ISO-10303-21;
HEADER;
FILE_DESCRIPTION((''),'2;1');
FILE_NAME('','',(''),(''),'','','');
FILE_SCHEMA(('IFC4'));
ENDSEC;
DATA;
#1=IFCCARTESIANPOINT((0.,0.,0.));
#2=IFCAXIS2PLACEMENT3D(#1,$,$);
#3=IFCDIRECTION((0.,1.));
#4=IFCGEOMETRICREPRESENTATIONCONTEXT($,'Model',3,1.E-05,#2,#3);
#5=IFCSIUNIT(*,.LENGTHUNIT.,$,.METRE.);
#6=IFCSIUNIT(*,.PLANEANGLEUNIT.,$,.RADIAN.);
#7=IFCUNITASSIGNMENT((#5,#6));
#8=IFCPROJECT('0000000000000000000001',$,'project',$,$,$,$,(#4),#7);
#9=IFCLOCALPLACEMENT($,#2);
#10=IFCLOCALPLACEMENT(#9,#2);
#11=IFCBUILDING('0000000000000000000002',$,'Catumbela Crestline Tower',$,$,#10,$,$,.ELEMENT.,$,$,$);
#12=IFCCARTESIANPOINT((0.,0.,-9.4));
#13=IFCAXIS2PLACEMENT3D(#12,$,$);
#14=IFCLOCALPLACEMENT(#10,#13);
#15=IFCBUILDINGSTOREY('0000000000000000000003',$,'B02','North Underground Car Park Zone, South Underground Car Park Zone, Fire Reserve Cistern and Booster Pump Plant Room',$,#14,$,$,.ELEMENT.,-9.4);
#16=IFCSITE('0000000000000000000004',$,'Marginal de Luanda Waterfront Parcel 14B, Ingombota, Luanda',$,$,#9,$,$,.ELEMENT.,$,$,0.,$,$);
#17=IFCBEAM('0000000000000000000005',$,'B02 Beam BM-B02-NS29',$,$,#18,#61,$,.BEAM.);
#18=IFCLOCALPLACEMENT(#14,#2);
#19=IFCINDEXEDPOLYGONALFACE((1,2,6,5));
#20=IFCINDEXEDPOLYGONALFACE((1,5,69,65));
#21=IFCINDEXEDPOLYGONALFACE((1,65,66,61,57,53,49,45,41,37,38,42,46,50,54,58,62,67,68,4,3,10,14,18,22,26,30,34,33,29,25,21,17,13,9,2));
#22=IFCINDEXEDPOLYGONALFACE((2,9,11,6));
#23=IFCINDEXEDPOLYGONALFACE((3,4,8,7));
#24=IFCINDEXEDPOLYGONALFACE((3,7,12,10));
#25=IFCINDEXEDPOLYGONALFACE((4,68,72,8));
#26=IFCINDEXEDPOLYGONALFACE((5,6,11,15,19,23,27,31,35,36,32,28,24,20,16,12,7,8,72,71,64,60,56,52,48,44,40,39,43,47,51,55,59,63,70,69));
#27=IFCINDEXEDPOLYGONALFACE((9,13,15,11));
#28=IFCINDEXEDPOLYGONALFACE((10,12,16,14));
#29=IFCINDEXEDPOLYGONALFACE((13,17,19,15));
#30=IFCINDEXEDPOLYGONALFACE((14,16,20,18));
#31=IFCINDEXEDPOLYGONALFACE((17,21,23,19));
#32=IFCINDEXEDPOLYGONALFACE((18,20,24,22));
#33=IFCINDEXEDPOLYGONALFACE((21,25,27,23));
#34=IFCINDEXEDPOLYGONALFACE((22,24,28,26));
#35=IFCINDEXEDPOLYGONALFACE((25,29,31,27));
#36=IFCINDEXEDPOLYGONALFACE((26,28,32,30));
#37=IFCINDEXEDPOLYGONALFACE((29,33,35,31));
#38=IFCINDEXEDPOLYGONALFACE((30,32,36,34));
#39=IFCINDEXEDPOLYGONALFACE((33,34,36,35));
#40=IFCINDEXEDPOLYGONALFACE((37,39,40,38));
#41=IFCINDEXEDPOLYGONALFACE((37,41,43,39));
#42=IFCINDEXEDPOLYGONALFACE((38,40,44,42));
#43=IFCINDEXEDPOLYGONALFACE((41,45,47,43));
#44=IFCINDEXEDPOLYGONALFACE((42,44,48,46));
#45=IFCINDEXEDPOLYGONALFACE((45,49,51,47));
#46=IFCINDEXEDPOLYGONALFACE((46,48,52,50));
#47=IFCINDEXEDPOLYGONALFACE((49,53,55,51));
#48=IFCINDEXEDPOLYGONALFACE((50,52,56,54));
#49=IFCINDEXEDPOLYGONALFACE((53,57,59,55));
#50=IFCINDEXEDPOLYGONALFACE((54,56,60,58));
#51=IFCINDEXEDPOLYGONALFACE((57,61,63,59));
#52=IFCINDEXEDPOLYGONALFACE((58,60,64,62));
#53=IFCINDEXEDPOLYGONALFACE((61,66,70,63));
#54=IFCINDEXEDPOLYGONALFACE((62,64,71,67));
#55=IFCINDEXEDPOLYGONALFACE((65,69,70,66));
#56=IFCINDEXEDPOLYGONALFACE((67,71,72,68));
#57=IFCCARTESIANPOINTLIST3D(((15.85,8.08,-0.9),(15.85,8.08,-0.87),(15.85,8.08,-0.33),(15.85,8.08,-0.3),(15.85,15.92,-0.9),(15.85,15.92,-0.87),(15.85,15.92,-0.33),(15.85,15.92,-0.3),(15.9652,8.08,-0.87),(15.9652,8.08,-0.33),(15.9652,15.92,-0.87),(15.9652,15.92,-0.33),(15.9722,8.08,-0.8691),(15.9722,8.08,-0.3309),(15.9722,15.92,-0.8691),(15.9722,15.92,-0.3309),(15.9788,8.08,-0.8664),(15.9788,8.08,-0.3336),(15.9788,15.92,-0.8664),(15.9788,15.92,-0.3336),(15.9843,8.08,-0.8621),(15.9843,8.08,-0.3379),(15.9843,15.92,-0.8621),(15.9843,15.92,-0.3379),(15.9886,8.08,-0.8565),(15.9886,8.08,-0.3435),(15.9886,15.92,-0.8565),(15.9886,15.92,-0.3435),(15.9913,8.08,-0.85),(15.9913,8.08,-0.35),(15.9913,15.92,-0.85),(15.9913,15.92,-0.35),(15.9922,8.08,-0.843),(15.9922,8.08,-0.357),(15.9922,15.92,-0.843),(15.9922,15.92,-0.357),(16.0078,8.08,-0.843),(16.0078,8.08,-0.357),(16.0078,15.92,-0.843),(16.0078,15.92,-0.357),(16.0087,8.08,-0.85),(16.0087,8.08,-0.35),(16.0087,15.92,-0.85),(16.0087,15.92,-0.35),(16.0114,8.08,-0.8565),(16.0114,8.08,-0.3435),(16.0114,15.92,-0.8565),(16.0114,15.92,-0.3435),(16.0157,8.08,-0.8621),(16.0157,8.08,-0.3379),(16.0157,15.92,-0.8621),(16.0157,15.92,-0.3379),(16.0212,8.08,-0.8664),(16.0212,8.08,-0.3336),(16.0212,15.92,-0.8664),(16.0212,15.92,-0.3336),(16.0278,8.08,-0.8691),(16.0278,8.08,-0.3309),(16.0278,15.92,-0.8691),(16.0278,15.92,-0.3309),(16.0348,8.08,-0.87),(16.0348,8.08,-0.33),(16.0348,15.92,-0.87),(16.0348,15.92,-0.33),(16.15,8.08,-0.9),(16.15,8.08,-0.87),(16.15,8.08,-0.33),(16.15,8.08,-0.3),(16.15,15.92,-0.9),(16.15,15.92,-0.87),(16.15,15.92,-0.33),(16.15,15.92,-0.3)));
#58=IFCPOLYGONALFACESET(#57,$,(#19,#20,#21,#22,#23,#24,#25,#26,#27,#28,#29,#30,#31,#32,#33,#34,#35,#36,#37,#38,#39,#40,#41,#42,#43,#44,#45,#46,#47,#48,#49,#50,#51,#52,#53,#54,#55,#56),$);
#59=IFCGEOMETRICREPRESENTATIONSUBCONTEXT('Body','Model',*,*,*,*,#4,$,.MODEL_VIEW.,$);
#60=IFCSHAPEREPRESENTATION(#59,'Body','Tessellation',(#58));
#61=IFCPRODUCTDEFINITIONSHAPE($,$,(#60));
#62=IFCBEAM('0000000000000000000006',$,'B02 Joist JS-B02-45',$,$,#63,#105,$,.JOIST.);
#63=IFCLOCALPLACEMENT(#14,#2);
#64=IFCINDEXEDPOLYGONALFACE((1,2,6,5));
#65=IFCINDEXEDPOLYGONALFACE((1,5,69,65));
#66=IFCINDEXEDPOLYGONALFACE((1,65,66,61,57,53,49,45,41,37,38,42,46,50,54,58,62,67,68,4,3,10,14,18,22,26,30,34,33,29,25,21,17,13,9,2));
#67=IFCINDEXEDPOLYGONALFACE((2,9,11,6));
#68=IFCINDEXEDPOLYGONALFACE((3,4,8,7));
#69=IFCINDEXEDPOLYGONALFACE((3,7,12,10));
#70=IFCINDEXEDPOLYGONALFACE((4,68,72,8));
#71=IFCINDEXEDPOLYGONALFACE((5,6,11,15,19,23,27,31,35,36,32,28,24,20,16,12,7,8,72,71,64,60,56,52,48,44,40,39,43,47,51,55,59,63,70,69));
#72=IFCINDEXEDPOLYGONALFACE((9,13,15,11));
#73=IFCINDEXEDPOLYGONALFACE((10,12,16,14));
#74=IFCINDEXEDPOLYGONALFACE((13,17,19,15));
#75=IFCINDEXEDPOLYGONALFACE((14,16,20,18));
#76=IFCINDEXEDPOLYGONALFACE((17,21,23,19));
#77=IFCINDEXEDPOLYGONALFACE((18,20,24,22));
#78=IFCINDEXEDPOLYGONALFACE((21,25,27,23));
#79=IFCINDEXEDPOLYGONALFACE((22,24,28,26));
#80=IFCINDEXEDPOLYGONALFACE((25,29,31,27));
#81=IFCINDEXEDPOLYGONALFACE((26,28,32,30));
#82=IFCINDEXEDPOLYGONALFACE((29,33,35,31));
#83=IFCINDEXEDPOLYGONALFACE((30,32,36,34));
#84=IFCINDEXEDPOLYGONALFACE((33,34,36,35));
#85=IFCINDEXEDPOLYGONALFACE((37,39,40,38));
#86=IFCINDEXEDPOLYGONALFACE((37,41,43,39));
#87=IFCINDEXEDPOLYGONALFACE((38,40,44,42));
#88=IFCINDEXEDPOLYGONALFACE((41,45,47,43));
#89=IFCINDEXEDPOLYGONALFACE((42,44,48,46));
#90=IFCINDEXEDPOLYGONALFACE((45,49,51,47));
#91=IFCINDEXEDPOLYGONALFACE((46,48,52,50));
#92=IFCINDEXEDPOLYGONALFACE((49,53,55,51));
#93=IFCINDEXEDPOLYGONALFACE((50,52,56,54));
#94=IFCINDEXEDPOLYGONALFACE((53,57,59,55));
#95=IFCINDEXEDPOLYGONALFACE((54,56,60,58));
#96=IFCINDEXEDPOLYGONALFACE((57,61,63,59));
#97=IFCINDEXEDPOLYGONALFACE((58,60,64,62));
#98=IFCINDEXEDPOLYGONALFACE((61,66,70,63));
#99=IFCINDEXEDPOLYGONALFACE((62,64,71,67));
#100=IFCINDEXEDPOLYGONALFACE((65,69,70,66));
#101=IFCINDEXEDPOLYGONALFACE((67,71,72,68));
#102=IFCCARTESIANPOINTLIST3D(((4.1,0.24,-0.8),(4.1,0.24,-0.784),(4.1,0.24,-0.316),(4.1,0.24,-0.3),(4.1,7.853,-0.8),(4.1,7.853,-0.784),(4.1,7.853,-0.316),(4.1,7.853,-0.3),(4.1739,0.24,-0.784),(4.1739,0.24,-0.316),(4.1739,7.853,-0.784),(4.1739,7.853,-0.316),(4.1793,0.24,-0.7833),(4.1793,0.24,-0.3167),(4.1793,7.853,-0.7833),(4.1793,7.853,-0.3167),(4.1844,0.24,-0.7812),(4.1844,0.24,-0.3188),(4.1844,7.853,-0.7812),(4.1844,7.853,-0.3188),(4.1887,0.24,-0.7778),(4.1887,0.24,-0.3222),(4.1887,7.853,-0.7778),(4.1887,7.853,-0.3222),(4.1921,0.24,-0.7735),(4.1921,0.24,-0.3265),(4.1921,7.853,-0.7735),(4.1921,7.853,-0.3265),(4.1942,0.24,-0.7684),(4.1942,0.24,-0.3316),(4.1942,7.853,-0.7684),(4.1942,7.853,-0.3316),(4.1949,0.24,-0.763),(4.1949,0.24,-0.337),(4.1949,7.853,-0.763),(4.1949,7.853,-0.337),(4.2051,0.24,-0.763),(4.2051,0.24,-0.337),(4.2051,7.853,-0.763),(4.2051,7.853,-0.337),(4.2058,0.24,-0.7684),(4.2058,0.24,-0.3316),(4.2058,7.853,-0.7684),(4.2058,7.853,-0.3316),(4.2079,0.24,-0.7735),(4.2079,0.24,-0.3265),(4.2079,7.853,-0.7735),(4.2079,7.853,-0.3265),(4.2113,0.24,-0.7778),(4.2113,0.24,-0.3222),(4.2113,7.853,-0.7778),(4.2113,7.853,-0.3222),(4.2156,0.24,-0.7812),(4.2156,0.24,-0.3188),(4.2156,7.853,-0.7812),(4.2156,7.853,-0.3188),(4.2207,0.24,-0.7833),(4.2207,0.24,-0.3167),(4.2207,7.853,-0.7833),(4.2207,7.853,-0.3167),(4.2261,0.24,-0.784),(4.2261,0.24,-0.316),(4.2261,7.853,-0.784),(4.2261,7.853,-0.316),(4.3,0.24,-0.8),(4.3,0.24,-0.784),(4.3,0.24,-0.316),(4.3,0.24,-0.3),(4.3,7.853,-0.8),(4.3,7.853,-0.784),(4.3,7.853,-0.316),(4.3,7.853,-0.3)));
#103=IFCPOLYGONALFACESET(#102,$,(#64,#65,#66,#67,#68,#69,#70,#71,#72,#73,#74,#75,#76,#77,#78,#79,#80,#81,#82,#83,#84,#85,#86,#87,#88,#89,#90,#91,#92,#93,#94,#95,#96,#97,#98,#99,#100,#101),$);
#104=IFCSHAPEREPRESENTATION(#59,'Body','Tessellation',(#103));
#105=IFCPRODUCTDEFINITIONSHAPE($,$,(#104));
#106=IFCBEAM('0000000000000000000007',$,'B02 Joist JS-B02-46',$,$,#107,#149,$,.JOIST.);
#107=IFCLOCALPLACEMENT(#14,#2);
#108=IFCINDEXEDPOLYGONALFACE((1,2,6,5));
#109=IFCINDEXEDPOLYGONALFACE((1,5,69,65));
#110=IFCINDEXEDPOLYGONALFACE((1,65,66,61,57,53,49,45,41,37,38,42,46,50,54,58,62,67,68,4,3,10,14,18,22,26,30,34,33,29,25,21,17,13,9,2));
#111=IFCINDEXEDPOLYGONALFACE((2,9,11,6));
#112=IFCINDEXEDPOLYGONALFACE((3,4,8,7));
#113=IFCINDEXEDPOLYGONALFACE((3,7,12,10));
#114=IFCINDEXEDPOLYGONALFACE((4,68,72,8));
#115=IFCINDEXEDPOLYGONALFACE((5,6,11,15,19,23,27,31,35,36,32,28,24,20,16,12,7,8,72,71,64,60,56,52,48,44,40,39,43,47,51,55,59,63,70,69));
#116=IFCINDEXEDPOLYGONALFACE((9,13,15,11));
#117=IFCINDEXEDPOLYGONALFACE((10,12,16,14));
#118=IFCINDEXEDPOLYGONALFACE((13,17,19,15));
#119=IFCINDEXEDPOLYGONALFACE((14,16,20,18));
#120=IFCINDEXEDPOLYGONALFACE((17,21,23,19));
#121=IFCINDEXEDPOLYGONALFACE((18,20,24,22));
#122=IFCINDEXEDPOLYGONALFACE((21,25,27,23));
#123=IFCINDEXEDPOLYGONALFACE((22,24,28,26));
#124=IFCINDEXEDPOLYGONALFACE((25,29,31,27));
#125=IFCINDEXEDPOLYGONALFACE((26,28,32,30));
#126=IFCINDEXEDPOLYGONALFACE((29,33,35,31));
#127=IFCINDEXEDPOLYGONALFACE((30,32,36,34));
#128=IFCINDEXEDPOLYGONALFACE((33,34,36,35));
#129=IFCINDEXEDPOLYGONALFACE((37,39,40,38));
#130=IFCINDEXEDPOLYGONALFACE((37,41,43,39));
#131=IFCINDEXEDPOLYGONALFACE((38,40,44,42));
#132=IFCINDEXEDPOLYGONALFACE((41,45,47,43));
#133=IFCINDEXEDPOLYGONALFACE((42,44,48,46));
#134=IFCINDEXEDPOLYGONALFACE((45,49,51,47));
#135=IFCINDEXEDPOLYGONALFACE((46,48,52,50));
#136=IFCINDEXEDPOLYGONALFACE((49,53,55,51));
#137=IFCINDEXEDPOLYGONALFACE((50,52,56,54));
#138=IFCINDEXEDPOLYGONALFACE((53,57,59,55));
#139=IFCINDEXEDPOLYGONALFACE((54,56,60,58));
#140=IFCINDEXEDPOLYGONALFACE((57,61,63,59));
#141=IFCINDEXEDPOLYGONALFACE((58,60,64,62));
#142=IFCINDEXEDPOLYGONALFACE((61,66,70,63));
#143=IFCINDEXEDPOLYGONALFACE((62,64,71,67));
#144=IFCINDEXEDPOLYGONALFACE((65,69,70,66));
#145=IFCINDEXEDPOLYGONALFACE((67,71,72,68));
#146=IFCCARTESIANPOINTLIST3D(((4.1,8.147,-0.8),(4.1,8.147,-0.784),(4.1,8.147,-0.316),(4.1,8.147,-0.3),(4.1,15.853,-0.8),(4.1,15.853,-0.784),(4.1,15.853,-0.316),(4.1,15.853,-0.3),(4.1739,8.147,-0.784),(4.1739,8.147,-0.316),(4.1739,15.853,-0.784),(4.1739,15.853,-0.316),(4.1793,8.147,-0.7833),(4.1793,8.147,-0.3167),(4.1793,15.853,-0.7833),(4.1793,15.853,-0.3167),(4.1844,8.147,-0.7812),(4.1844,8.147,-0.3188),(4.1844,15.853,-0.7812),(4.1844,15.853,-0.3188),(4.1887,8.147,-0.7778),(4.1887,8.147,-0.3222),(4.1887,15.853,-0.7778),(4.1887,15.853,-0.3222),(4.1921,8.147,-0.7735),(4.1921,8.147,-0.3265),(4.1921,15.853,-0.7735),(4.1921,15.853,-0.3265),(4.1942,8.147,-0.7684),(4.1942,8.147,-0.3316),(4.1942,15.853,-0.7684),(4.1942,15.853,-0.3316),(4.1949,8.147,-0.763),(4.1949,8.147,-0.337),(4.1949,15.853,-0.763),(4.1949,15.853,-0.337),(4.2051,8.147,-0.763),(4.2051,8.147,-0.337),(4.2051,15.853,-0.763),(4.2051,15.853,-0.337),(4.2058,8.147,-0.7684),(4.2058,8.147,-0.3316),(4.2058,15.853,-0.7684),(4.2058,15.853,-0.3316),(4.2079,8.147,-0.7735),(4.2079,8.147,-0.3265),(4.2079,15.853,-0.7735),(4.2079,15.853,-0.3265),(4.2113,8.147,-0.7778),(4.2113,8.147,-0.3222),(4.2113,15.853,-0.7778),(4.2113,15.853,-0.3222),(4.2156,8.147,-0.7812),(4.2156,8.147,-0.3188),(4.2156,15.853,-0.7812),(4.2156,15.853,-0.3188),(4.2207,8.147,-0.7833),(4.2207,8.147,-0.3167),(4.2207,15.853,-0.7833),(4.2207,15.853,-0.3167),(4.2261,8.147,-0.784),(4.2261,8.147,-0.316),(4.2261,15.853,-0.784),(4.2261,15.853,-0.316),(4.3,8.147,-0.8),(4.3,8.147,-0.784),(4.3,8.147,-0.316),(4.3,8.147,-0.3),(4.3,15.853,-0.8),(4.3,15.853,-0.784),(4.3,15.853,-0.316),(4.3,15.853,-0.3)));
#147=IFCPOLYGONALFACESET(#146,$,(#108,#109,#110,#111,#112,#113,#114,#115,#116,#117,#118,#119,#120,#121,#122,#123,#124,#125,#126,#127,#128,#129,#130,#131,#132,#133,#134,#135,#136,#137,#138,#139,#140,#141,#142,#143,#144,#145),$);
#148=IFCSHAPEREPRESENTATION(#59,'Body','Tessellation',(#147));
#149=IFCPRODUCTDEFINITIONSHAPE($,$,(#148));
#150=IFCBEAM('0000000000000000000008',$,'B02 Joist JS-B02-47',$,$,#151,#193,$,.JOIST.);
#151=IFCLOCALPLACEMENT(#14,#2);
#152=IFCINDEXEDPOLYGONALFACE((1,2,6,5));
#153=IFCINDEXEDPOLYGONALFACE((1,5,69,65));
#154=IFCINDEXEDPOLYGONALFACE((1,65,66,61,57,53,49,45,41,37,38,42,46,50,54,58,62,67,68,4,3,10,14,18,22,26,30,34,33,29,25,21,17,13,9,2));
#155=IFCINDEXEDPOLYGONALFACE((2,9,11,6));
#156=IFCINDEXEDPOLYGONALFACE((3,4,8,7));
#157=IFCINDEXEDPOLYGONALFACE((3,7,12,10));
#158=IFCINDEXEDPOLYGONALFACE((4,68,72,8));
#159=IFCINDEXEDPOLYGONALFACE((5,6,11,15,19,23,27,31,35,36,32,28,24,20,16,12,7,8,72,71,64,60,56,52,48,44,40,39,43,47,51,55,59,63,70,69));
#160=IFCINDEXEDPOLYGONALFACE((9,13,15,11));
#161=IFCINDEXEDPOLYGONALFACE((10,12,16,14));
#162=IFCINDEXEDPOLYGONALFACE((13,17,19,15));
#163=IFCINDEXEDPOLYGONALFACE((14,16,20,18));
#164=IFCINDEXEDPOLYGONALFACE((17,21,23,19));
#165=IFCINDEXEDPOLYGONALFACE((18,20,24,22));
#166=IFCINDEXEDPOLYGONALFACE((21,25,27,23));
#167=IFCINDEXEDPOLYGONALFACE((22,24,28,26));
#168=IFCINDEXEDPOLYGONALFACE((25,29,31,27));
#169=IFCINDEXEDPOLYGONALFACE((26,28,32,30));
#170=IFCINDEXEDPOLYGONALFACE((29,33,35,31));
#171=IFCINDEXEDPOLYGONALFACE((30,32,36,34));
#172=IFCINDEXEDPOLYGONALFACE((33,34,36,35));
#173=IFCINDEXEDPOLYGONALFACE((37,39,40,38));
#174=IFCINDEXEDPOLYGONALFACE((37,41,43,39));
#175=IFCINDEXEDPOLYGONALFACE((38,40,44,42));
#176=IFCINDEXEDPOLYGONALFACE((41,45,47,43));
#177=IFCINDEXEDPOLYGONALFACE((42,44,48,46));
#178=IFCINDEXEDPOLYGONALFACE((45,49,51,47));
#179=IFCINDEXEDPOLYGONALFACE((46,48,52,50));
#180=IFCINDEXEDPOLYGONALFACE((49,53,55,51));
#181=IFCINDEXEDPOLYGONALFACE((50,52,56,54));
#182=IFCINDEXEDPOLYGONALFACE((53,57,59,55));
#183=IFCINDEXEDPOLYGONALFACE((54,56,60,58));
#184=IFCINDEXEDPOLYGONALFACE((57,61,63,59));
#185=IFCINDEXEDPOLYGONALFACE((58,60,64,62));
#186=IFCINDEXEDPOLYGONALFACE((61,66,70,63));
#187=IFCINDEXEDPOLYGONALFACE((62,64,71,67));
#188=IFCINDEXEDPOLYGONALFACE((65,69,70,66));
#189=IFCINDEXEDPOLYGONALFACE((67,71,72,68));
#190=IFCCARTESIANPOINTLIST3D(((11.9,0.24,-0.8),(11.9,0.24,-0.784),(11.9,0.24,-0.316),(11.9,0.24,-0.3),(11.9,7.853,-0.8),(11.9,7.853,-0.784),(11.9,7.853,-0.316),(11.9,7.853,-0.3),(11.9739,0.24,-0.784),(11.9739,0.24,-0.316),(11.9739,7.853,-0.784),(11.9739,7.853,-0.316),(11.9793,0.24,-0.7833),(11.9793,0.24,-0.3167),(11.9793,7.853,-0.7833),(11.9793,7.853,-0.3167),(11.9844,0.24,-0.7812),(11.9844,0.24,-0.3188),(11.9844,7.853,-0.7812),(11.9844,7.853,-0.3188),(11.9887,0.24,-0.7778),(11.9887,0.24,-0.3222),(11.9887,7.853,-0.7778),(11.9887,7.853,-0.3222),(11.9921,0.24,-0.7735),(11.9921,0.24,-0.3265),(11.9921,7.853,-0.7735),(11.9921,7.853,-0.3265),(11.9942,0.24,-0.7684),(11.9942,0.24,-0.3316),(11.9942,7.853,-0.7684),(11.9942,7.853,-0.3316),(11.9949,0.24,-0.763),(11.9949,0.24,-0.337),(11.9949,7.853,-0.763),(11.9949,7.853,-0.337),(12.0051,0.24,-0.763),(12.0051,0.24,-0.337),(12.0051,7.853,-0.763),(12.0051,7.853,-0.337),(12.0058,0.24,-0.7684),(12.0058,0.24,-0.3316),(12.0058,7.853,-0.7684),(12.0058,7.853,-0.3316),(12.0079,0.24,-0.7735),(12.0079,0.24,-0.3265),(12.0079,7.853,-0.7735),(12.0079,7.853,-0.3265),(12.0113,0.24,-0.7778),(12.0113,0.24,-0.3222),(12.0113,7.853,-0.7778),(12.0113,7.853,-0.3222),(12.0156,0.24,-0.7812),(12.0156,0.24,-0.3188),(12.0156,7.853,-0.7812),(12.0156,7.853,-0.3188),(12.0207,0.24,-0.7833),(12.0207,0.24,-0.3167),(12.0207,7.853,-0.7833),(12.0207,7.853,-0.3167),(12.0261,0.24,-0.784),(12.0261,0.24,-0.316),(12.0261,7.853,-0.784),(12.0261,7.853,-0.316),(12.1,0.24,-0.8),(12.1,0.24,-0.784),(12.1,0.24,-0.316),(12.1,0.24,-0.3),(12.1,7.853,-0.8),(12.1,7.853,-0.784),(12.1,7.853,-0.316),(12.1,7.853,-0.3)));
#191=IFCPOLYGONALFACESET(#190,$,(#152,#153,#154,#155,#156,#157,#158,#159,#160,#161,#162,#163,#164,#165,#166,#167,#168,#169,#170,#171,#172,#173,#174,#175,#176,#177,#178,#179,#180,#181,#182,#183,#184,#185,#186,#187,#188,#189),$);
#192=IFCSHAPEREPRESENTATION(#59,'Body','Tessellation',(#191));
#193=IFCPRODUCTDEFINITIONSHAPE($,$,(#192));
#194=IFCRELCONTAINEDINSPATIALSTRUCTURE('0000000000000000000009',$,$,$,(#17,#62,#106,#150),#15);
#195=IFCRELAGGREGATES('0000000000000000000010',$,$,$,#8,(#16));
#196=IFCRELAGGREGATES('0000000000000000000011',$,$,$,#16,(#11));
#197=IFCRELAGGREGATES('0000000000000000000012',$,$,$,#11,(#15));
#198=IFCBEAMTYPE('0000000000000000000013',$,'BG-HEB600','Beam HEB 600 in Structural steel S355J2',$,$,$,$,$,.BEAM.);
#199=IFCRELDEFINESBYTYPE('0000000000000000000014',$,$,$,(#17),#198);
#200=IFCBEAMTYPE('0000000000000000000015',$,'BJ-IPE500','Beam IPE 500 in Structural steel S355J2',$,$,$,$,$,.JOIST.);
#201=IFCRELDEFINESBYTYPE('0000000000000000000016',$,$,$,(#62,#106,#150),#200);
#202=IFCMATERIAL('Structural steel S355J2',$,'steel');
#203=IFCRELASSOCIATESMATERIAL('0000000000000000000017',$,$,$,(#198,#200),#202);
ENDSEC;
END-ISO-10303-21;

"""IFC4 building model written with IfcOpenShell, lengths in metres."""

from ifc_helpers import new_model, si_unit, direction, frame, origin, origin_2d, place, context, subcontext, project, spatial, i_section, extrude, material, material_profile, profile_set, type_object, element, save


model = new_model("IFC4")

# Units and contexts
model_context = context("Model", 3, precision=1e-05, world=origin(), true_north=direction((0.0, 1.0)))
body_context = subcontext(model_context, "Body", "Model", "MODEL_VIEW")
ifc_project = project(units=[si_unit("LENGTHUNIT", "METRE"), si_unit("PLANEANGLEUNIT", "RADIAN")], contexts=[model_context])

# Site, building, storey
site_placement = place(None, origin())
site = spatial("IfcSite", under=ifc_project, at=site_placement, Name="Marginal de Luanda Waterfront Parcel 14B, Ingombota, Luanda", CompositionType="ELEMENT", RefElevation=0.0)
building_placement = place(site_placement, origin())
building = spatial("IfcBuilding", under=site, at=building_placement, Name="Catumbela Crestline Tower", CompositionType="ELEMENT")
storey_placement = place(building_placement, frame((0.0, 0.0, -9.4)))
storey = spatial("IfcBuildingStorey", under=building, at=storey_placement, Name="B02", Description="North Underground Car Park Zone, South Underground Car Park Zone, Fire Reserve Cistern and Booster Pump Plant Room", CompositionType="ELEMENT", Elevation=-9.4)

# Beams
ifc_material_1 = material(Name="Structural steel S355J2", Category="steel")
ifc_material_profile_1 = material_profile(ifc_material_1, i_section(OverallWidth=0.3, OverallDepth=0.6, WebThickness=0.0155, FlangeThickness=0.03, FilletRadius=0.027, at=origin_2d()), Name="HEB 600")
ifc_profile_set_1 = profile_set([ifc_material_profile_1], Name="Structural steel S355J2")
beam_type_1 = type_object("IfcBeamType", Name="BG-HEB600", Description="Beam HEB 600 in Structural steel S355J2", PredefinedType="BEAM", material=ifc_profile_set_1)
beam_1_placement = place(storey_placement, frame((16.0, 8.08, -0.6), z_axis=(0.0, 1.0, 0.0), x_axis=(-1.0, 0.0, 0.0)))
element("IfcBeam", 1, at=beam_1_placement, inside=storey, type_object=beam_type_1, Name="B02 Beam BM-B02-NS29", PredefinedType="BEAM", context=body_context, shape_type="SweptSolid", body=[
    extrude(i_section(OverallWidth=0.3, OverallDepth=0.6, WebThickness=0.0155, FlangeThickness=0.03, FilletRadius=0.027, at=origin_2d()), origin(), (0.0, 0.0, 1.0), 7.84),
])
ifc_material_profile_2 = material_profile(ifc_material_1, i_section(OverallWidth=0.2, OverallDepth=0.5, WebThickness=0.0102, FlangeThickness=0.016, FilletRadius=0.021, at=origin_2d()), Name="IPE 500")
ifc_profile_set_2 = profile_set([ifc_material_profile_2], Name="Structural steel S355J2")
beam_type_2 = type_object("IfcBeamType", Name="BJ-IPE500", Description="Beam IPE 500 in Structural steel S355J2", PredefinedType="JOIST", material=ifc_profile_set_2)
beam_2_placement = place(storey_placement, frame((4.2, 0.24, -0.55), z_axis=(0.0, 1.0, 0.0), x_axis=(-1.0, 0.0, 0.0)))
element("IfcBeam", 2, at=beam_2_placement, inside=storey, type_object=beam_type_2, Name="B02 Joist JS-B02-45", PredefinedType="JOIST", context=body_context, shape_type="SweptSolid", body=[
    extrude(i_section(OverallWidth=0.2, OverallDepth=0.5, WebThickness=0.0102, FlangeThickness=0.016, FilletRadius=0.021, at=origin_2d()), origin(), (0.0, 0.0, 1.0), 7.613),
])
beam_3_placement = place(storey_placement, frame((4.2, 8.147, -0.55), z_axis=(0.0, 1.0, 0.0), x_axis=(-1.0, 0.0, 0.0)))
element("IfcBeam", 3, at=beam_3_placement, inside=storey, type_object=beam_type_2, Name="B02 Joist JS-B02-46", PredefinedType="JOIST", context=body_context, shape_type="SweptSolid", body=[
    extrude(i_section(OverallWidth=0.2, OverallDepth=0.5, WebThickness=0.0102, FlangeThickness=0.016, FilletRadius=0.021, at=origin_2d()), origin(), (0.0, 0.0, 1.0), 7.706),
])
beam_4_placement = place(storey_placement, frame((12.0, 0.24, -0.55), z_axis=(0.0, 1.0, 0.0), x_axis=(-1.0, 0.0, 0.0)))
element("IfcBeam", 4, at=beam_4_placement, inside=storey, type_object=beam_type_2, Name="B02 Joist JS-B02-47", PredefinedType="JOIST", context=body_context, shape_type="SweptSolid", body=[
    extrude(i_section(OverallWidth=0.2, OverallDepth=0.5, WebThickness=0.0102, FlangeThickness=0.016, FilletRadius=0.021, at=origin_2d()), origin(), (0.0, 0.0, 1.0), 7.613),
])

save(model, "model.ifc")
